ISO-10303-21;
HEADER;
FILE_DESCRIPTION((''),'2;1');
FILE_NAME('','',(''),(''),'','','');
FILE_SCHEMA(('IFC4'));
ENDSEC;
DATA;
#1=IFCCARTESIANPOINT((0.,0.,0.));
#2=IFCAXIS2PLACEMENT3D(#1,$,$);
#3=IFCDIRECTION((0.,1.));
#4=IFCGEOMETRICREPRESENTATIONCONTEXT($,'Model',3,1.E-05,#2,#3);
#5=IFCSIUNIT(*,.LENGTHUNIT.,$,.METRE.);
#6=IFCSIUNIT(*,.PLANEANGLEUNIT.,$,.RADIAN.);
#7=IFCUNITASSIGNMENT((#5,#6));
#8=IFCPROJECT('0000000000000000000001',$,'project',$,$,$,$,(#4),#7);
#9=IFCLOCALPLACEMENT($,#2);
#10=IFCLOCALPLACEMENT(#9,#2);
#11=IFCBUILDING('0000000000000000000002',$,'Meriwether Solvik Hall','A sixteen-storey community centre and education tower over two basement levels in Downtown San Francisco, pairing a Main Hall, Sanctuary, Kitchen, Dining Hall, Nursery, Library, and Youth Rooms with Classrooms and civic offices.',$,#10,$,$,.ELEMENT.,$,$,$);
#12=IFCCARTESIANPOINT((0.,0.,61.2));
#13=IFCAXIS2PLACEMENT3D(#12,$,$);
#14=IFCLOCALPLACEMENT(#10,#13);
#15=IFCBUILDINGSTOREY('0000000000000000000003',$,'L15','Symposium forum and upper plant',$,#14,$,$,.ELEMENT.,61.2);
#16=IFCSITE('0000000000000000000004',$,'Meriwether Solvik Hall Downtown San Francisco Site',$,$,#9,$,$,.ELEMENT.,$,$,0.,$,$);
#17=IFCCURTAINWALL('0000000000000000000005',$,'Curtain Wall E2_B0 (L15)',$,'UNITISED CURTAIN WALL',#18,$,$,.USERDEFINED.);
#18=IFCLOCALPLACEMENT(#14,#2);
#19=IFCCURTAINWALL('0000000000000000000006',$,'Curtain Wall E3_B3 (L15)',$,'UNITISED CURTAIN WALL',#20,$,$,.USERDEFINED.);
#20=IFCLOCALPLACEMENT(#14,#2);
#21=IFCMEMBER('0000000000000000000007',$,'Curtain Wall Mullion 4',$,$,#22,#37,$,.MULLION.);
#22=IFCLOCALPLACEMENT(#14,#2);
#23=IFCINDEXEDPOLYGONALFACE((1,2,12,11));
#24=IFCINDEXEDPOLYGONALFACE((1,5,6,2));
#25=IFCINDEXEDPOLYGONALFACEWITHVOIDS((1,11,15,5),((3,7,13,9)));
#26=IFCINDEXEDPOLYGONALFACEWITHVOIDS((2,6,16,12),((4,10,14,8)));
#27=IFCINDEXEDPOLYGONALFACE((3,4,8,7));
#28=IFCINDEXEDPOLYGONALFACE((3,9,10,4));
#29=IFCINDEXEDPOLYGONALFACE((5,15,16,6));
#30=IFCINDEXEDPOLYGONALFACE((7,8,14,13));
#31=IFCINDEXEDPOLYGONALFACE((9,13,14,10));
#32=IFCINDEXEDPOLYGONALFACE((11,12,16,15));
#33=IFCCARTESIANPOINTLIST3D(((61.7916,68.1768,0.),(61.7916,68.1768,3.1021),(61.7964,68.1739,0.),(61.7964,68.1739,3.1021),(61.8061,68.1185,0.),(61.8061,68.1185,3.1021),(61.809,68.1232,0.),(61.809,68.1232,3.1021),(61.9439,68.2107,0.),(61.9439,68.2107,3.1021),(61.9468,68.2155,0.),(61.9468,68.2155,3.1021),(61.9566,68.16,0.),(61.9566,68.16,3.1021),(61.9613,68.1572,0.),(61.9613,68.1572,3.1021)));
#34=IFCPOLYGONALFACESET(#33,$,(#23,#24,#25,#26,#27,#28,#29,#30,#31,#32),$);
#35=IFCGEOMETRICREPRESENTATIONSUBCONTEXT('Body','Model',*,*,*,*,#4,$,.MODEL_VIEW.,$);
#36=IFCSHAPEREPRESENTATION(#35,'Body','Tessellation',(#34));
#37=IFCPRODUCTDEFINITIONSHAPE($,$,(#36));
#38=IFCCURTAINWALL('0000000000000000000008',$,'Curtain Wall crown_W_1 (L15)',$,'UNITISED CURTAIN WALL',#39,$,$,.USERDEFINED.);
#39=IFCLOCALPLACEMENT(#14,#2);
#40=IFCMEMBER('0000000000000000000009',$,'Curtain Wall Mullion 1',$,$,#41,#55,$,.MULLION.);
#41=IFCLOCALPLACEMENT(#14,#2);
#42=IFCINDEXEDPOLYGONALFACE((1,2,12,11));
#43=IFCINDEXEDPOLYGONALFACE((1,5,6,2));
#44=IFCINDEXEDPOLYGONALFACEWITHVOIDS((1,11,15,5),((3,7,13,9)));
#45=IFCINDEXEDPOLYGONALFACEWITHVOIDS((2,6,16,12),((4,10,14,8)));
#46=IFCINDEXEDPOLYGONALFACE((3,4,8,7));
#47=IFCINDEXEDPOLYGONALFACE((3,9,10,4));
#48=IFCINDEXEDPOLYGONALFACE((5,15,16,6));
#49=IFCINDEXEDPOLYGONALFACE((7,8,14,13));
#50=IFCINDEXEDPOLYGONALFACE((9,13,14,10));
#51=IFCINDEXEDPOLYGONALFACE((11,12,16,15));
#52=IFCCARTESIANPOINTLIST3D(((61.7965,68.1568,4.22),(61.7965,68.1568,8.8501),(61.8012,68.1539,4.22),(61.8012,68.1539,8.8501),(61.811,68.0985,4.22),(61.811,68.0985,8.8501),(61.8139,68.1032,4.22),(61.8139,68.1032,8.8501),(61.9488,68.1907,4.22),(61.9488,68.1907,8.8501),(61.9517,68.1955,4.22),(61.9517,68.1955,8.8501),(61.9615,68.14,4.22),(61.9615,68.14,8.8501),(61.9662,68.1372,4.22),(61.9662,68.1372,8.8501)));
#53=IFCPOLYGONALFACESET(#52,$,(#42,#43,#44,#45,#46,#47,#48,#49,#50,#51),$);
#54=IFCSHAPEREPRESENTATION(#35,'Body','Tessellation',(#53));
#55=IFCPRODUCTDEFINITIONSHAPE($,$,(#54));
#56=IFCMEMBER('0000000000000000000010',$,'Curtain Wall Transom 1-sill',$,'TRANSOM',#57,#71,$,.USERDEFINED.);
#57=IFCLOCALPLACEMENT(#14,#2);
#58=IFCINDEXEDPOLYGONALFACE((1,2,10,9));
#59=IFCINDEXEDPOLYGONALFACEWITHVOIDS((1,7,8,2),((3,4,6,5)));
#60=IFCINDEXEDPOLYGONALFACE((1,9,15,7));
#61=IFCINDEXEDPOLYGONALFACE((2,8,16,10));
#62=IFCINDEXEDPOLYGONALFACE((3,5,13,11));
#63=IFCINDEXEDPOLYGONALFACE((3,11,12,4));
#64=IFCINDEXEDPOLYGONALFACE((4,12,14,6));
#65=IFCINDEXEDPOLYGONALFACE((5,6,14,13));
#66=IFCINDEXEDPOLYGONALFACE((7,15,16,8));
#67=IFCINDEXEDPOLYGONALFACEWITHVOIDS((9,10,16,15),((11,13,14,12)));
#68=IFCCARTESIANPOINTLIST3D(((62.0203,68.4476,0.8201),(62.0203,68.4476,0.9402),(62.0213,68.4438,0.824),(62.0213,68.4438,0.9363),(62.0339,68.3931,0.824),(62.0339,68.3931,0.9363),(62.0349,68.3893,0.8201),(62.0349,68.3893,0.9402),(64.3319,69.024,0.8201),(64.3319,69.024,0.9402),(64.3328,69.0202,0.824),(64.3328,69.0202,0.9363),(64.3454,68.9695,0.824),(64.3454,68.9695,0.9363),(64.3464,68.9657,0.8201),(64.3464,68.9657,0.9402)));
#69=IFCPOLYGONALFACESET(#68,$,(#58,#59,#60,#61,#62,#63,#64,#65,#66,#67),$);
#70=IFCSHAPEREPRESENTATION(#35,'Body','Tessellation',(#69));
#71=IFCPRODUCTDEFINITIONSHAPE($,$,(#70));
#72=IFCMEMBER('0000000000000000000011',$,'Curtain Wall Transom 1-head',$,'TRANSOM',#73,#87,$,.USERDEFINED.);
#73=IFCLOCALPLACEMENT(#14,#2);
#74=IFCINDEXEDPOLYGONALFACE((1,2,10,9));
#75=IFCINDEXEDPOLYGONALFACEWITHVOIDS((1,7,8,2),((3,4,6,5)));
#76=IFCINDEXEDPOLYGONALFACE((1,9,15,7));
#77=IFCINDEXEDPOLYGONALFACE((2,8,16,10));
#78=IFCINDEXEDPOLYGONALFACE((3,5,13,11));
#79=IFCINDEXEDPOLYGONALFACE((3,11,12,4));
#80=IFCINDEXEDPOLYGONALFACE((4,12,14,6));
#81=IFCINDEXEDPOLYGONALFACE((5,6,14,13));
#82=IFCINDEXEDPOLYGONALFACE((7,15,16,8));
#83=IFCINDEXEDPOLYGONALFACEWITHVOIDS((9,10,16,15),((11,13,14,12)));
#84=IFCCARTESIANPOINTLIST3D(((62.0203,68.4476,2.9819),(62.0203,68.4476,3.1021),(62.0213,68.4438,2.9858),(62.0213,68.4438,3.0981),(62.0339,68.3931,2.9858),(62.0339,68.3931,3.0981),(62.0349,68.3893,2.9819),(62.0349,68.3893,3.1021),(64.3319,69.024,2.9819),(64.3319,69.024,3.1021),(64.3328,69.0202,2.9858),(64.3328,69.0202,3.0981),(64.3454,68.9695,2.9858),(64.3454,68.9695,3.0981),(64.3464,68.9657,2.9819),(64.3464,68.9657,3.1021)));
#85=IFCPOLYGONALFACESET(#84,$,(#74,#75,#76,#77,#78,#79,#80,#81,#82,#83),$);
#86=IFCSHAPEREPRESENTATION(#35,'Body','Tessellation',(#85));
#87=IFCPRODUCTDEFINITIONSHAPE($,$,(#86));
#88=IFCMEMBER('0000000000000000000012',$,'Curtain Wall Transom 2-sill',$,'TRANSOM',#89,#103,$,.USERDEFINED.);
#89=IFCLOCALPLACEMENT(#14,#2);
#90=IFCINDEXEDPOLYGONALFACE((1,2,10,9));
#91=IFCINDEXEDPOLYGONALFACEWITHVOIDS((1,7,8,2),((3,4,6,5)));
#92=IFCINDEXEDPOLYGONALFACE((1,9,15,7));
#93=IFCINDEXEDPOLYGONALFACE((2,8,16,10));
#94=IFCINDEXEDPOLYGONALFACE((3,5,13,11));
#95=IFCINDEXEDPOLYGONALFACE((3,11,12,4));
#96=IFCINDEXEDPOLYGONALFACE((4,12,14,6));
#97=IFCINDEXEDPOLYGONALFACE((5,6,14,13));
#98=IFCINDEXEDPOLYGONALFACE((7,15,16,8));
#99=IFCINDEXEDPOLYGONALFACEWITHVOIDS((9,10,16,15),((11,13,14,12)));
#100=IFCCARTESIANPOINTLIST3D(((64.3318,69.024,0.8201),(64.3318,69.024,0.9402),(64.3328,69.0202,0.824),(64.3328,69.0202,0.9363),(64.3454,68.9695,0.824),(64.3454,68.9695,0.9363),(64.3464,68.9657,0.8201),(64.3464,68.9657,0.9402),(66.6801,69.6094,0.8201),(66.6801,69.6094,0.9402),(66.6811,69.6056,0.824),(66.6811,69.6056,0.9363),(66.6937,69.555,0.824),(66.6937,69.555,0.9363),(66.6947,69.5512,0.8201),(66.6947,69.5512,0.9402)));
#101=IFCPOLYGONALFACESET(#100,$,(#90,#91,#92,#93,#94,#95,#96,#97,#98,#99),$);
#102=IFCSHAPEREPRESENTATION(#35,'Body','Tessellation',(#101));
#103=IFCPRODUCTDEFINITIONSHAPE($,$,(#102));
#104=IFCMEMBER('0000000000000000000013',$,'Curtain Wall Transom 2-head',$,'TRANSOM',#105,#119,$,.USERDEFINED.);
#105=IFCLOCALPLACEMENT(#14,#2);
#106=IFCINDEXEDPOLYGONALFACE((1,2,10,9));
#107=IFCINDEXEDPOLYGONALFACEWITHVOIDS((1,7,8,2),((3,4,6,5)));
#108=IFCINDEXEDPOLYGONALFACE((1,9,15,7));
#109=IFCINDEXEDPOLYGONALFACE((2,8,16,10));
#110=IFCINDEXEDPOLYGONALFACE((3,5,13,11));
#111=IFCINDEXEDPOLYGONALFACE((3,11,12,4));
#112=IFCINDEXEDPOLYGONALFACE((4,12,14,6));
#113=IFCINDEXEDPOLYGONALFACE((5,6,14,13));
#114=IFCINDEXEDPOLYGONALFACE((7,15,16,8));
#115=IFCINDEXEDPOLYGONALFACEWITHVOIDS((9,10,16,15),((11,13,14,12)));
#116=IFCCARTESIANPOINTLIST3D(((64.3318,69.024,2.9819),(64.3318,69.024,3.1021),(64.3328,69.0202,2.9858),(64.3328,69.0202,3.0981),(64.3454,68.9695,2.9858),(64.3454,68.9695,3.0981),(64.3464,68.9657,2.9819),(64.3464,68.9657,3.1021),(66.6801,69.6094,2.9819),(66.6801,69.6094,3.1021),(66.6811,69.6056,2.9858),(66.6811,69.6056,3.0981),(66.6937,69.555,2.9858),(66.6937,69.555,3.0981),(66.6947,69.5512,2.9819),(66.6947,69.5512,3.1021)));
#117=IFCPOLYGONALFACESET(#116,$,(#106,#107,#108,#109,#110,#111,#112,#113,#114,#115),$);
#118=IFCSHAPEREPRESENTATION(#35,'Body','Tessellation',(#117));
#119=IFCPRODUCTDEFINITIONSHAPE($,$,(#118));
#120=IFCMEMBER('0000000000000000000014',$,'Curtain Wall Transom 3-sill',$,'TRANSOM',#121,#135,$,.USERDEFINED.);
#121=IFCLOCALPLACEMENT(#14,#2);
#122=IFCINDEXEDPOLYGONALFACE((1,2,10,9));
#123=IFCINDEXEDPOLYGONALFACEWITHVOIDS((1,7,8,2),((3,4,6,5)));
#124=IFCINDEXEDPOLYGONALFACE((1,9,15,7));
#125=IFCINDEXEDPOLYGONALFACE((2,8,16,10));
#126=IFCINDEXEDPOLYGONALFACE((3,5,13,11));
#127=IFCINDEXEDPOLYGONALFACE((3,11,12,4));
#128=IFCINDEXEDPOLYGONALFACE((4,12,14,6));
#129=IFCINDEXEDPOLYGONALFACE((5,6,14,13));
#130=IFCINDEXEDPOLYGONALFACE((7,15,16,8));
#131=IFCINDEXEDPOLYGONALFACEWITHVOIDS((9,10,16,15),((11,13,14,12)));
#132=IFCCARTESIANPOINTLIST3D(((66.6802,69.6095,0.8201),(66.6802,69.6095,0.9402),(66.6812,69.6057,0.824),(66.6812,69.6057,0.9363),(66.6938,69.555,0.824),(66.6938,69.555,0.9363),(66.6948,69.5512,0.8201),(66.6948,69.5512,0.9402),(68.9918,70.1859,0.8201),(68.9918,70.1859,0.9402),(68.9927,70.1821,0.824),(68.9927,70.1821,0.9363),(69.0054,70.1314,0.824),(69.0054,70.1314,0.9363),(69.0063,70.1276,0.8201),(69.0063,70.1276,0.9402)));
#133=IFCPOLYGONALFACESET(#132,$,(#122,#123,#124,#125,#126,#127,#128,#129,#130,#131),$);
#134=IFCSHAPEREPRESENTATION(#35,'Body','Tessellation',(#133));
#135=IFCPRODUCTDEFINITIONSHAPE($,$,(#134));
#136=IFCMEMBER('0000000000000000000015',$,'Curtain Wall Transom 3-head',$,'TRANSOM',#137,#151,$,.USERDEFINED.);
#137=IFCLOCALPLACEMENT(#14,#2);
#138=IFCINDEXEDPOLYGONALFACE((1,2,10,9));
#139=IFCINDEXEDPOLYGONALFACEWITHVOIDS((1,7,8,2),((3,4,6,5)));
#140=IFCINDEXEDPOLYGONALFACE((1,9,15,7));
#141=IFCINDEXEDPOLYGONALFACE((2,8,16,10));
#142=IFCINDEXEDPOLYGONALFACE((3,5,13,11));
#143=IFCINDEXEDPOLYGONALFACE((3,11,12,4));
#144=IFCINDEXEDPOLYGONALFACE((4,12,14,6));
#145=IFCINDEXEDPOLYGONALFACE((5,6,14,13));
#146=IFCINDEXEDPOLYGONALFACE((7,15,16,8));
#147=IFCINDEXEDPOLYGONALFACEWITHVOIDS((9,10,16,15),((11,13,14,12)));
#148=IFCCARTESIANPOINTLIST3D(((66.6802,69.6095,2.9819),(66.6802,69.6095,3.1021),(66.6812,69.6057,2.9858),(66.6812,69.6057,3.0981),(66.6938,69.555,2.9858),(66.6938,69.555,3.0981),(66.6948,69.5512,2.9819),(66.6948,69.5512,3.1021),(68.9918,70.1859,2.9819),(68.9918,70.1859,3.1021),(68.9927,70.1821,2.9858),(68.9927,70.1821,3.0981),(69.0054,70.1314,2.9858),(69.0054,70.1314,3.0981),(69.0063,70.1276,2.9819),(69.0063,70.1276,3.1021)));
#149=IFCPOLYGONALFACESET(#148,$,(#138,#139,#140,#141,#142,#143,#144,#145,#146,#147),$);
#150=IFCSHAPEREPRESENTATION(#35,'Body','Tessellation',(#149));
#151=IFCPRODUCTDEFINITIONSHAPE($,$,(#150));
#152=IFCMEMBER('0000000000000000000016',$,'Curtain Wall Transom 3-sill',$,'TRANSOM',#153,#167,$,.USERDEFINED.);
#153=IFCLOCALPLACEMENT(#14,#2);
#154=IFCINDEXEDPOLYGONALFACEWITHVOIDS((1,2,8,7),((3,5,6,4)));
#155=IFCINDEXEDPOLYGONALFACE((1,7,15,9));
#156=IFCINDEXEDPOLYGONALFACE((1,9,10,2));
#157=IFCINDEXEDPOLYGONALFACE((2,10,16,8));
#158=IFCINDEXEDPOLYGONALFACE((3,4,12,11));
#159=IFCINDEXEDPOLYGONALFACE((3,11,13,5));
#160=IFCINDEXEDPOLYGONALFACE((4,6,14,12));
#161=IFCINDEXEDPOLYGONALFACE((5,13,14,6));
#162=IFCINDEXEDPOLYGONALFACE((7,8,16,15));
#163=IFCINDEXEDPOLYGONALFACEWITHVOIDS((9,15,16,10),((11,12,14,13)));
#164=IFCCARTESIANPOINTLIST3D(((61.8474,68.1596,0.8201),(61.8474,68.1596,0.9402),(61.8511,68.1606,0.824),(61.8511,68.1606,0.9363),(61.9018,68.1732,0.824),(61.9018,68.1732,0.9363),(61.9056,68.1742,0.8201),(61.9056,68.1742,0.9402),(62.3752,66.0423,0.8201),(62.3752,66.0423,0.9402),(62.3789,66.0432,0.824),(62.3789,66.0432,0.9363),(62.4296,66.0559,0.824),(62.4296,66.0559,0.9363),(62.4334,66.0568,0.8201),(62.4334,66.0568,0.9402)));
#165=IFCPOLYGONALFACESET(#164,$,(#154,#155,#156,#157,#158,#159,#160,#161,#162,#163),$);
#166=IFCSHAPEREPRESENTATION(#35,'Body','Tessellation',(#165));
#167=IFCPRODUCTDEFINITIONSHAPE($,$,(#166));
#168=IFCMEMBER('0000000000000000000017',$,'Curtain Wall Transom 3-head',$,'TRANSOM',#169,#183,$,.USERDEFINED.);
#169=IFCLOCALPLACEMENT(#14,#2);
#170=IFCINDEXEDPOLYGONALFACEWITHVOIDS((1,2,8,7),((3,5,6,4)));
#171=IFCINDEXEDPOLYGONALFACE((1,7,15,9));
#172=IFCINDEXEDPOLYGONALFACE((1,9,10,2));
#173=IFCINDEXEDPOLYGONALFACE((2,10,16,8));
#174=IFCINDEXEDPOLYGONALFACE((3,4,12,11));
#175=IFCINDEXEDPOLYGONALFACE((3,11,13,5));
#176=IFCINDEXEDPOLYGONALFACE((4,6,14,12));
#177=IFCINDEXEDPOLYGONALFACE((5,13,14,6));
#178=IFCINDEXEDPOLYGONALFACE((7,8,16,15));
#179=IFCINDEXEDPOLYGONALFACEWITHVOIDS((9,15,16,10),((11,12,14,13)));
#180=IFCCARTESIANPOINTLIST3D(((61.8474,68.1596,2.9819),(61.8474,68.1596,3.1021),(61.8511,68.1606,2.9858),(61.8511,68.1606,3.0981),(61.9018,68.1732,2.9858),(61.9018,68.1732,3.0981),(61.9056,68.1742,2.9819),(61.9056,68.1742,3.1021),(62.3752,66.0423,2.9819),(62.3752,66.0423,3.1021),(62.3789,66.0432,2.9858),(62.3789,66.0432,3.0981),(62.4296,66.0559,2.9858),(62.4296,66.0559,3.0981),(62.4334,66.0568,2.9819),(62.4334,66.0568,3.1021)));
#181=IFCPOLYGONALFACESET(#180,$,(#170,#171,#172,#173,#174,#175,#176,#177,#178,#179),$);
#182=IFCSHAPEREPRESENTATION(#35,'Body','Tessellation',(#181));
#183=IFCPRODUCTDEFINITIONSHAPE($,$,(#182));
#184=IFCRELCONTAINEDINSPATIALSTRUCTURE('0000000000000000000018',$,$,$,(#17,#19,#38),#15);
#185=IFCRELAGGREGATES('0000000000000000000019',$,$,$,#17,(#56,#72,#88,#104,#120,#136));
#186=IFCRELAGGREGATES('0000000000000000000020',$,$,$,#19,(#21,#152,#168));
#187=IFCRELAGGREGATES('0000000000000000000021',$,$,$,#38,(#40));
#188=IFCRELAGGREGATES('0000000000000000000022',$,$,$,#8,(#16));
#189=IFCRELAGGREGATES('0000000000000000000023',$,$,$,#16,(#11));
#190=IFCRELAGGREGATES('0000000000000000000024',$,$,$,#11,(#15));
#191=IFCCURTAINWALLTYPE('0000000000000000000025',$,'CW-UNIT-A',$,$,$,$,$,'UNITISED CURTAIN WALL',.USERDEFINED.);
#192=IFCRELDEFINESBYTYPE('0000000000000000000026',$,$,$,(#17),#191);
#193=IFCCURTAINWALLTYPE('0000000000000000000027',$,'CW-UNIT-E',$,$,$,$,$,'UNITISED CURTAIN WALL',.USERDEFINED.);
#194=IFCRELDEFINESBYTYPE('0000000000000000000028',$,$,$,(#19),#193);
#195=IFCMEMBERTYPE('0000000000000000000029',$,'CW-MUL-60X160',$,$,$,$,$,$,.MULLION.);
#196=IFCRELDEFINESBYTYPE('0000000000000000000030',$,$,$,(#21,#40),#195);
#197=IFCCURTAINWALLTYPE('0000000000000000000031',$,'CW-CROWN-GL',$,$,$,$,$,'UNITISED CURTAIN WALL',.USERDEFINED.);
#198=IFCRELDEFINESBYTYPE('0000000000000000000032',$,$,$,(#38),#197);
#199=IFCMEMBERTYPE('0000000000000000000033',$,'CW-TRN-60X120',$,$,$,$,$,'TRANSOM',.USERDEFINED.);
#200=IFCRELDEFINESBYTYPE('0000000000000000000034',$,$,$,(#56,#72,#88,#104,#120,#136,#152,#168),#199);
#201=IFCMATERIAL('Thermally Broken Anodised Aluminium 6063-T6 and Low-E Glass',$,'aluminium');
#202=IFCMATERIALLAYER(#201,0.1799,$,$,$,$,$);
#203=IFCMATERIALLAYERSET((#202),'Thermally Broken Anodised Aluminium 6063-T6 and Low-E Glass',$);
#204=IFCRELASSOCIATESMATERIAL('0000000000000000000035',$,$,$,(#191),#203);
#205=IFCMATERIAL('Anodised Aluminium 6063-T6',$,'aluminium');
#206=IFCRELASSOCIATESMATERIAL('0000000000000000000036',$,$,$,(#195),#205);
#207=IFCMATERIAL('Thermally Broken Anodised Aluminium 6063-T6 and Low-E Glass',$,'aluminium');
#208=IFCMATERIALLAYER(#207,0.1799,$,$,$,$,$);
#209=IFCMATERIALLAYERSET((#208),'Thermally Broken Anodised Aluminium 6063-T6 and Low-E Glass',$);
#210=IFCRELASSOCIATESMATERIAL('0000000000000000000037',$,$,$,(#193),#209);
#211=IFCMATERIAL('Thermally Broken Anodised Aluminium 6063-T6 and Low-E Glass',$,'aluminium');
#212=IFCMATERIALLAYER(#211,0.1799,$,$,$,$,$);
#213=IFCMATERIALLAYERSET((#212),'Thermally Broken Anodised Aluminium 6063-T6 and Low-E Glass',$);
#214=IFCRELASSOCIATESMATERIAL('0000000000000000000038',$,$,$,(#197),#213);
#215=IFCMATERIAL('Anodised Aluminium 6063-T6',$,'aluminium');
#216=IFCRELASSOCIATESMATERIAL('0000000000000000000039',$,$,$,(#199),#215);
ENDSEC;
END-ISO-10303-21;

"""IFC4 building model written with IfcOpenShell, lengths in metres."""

from ifc_helpers import new_model, si_unit, direction, frame, origin, origin_2d, place, context, subcontext, project, spatial, hollow_rectangle, extrude, material, layer, layer_set, material_profile, profile_set, type_object, element, aggregate, save


model = new_model("IFC4")

# Units and contexts
model_context = context("Model", 3, precision=1e-05, world=origin(), true_north=direction((0.0, 1.0)))
body_context = subcontext(model_context, "Body", "Model", "MODEL_VIEW")
ifc_project = project(units=[si_unit("LENGTHUNIT", "METRE"), si_unit("PLANEANGLEUNIT", "RADIAN")], contexts=[model_context])

# Site, building, storey
site_placement = place(None, origin())
site = spatial("IfcSite", under=ifc_project, at=site_placement, Name="Meriwether Solvik Hall Downtown San Francisco Site", CompositionType="ELEMENT", RefElevation=0.0)
building_placement = place(site_placement, origin())
building = spatial("IfcBuilding", under=site, at=building_placement, Name="Meriwether Solvik Hall", Description="A sixteen-storey community centre and education tower over two basement levels in Downtown San Francisco, pairing a Main Hall, Sanctuary, Kitchen, Dining Hall, Nursery, Library, and Youth Rooms with Classrooms and civic offices.", CompositionType="ELEMENT")
storey_placement = place(building_placement, frame((0.0, 0.0, 61.2)))
storey = spatial("IfcBuildingStorey", under=building, at=storey_placement, Name="L15", Description="Symposium forum and upper plant", CompositionType="ELEMENT", Elevation=61.2)

# Curtain walls, member
ifc_material_1 = material(Name="Thermally Broken Anodised Aluminium 6063-T6 and Low-E Glass", Category="aluminium")
ifc_layer_1 = layer(ifc_material_1, 0.1799)
ifc_layer_set_1 = layer_set([ifc_layer_1], Name="Thermally Broken Anodised Aluminium 6063-T6 and Low-E Glass")
curtain_wall_type_1 = type_object("IfcCurtainWallType", Name="CW-UNIT-A", ElementType="UNITISED CURTAIN WALL", PredefinedType="USERDEFINED", material=ifc_layer_set_1)
curtain_wall_1_placement = place(storey_placement, origin())
curtain_wall_1 = element("IfcCurtainWall", 1, at=curtain_wall_1_placement, inside=storey, type_object=curtain_wall_type_1, Name="Curtain Wall E2_B0 (L15)", ObjectType="UNITISED CURTAIN WALL", PredefinedType="USERDEFINED")
ifc_material_2 = material(Name="Anodised Aluminium 6063-T6", Category="aluminium")
ifc_material_profile_1 = material_profile(ifc_material_2, hollow_rectangle(XDim=0.0601, YDim=0.1599, WallThickness=0.0039, at=origin_2d()), Name="CWM-60X160")
ifc_profile_set_1 = profile_set([ifc_material_profile_1], Name="Anodised Aluminium 6063-T6")
member_type_1 = type_object("IfcMemberType", Name="CW-MUL-60X160", PredefinedType="MULLION", material=ifc_profile_set_1)
ifc_material_3 = material(Name="Thermally Broken Anodised Aluminium 6063-T6 and Low-E Glass", Category="aluminium")
ifc_layer_2 = layer(ifc_material_3, 0.1799)
ifc_layer_set_2 = layer_set([ifc_layer_2], Name="Thermally Broken Anodised Aluminium 6063-T6 and Low-E Glass")
curtain_wall_type_2 = type_object("IfcCurtainWallType", Name="CW-UNIT-E", ElementType="UNITISED CURTAIN WALL", PredefinedType="USERDEFINED", material=ifc_layer_set_2)
curtain_wall_2_placement = place(storey_placement, origin())
curtain_wall_2 = element("IfcCurtainWall", 2, at=curtain_wall_2_placement, inside=storey, type_object=curtain_wall_type_2, Name="Curtain Wall E3_B3 (L15)", ObjectType="UNITISED CURTAIN WALL", PredefinedType="USERDEFINED")
member_1_placement = place(storey_placement, frame((61.8765, 68.167, 0.0), z_axis=(0.0, 0.0, 1.0), x_axis=(-0.241922, 0.970296, 0.0)))
member_1 = element("IfcMember", 3, at=member_1_placement, type_object=member_type_1, Name="Curtain Wall Mullion 4", PredefinedType="MULLION", context=body_context, shape_type="SweptSolid", body=[
    extrude(hollow_rectangle(XDim=0.0601, YDim=0.1599, WallThickness=0.0039, at=origin_2d()), origin(), (0.0, 0.0, 1.0), 3.1021),
])

# Curtain wall, member
ifc_material_4 = material(Name="Thermally Broken Anodised Aluminium 6063-T6 and Low-E Glass", Category="aluminium")
ifc_layer_3 = layer(ifc_material_4, 0.1799)
ifc_layer_set_3 = layer_set([ifc_layer_3], Name="Thermally Broken Anodised Aluminium 6063-T6 and Low-E Glass")
curtain_wall_type_3 = type_object("IfcCurtainWallType", Name="CW-CROWN-GL", ElementType="UNITISED CURTAIN WALL", PredefinedType="USERDEFINED", material=ifc_layer_set_3)
curtain_wall_3_placement = place(storey_placement, origin())
curtain_wall_3 = element("IfcCurtainWall", 4, at=curtain_wall_3_placement, inside=storey, type_object=curtain_wall_type_3, Name="Curtain Wall crown_W_1 (L15)", ObjectType="UNITISED CURTAIN WALL", PredefinedType="USERDEFINED")
member_2_placement = place(storey_placement, frame((61.8813, 68.147, 4.22), z_axis=(0.0, 0.0, 1.0), x_axis=(0.241922, -0.970296, 0.0)))
member_2 = element("IfcMember", 5, at=member_2_placement, type_object=member_type_1, Name="Curtain Wall Mullion 1", PredefinedType="MULLION", context=body_context, shape_type="SweptSolid", body=[
    extrude(hollow_rectangle(XDim=0.0601, YDim=0.1599, WallThickness=0.0039, at=origin_2d()), origin(), (0.0, 0.0, 1.0), 4.6301),
])

# Members
ifc_material_5 = material(Name="Anodised Aluminium 6063-T6", Category="aluminium")
ifc_material_profile_2 = material_profile(ifc_material_5, hollow_rectangle(XDim=0.0601, YDim=0.1201, WallThickness=0.0039, at=origin_2d()), Name="CWT-60X120")
ifc_profile_set_2 = profile_set([ifc_material_profile_2], Name="Anodised Aluminium 6063-T6")
member_type_2 = type_object("IfcMemberType", Name="CW-TRN-60X120", ElementType="TRANSOM", PredefinedType="USERDEFINED", material=ifc_profile_set_2)
member_3_placement = place(storey_placement, frame((62.0276, 68.4185, 0.8801), z_axis=(0.970287, 0.241957, 0.0), x_axis=(-0.241957, 0.970287, 0.0)))
member_3 = element("IfcMember", 6, at=member_3_placement, type_object=member_type_2, Name="Curtain Wall Transom 1-sill", ObjectType="TRANSOM", PredefinedType="USERDEFINED", context=body_context, shape_type="SweptSolid", body=[
    extrude(hollow_rectangle(XDim=0.0601, YDim=0.1201, WallThickness=0.0039, at=origin_2d()), origin(), (0.0, 0.0, 1.0), 2.3823),
])
member_4_placement = place(storey_placement, frame((62.0276, 68.4185, 3.042), z_axis=(0.970287, 0.241957, 0.0), x_axis=(-0.241957, 0.970287, 0.0)))
member_4 = element("IfcMember", 7, at=member_4_placement, type_object=member_type_2, Name="Curtain Wall Transom 1-head", ObjectType="TRANSOM", PredefinedType="USERDEFINED", context=body_context, shape_type="SweptSolid", body=[
    extrude(hollow_rectangle(XDim=0.0601, YDim=0.1201, WallThickness=0.0039, at=origin_2d()), origin(), (0.0, 0.0, 1.0), 2.3823),
])
member_5_placement = place(storey_placement, frame((64.3391, 68.9949, 0.8801), z_axis=(0.970302, 0.241895, 0.0), x_axis=(-0.241895, 0.970302, 0.0)))
member_5 = element("IfcMember", 8, at=member_5_placement, type_object=member_type_2, Name="Curtain Wall Transom 2-sill", ObjectType="TRANSOM", PredefinedType="USERDEFINED", context=body_context, shape_type="SweptSolid", body=[
    extrude(hollow_rectangle(XDim=0.0601, YDim=0.1201, WallThickness=0.0039, at=origin_2d()), origin(), (0.0, 0.0, 1.0), 2.4202),
])
member_6_placement = place(storey_placement, frame((64.3391, 68.9949, 3.042), z_axis=(0.970302, 0.241895, 0.0), x_axis=(-0.241895, 0.970302, 0.0)))
member_6 = element("IfcMember", 9, at=member_6_placement, type_object=member_type_2, Name="Curtain Wall Transom 2-head", ObjectType="TRANSOM", PredefinedType="USERDEFINED", context=body_context, shape_type="SweptSolid", body=[
    extrude(hollow_rectangle(XDim=0.0601, YDim=0.1201, WallThickness=0.0039, at=origin_2d()), origin(), (0.0, 0.0, 1.0), 2.4202),
])
member_7_placement = place(storey_placement, frame((66.6875, 69.5803, 0.8801), z_axis=(0.970287, 0.241957, 0.0), x_axis=(-0.241957, 0.970287, 0.0)))
member_7 = element("IfcMember", 10, at=member_7_placement, type_object=member_type_2, Name="Curtain Wall Transom 3-sill", ObjectType="TRANSOM", PredefinedType="USERDEFINED", context=body_context, shape_type="SweptSolid", body=[
    extrude(hollow_rectangle(XDim=0.0601, YDim=0.1201, WallThickness=0.0039, at=origin_2d()), origin(), (0.0, 0.0, 1.0), 2.3823),
])
member_8_placement = place(storey_placement, frame((66.6875, 69.5803, 3.042), z_axis=(0.970287, 0.241957, 0.0), x_axis=(-0.241957, 0.970287, 0.0)))
member_8 = element("IfcMember", 11, at=member_8_placement, type_object=member_type_2, Name="Curtain Wall Transom 3-head", ObjectType="TRANSOM", PredefinedType="USERDEFINED", context=body_context, shape_type="SweptSolid", body=[
    extrude(hollow_rectangle(XDim=0.0601, YDim=0.1201, WallThickness=0.0039, at=origin_2d()), origin(), (0.0, 0.0, 1.0), 2.3823),
])
member_9_placement = place(storey_placement, frame((62.4043, 66.0496, 0.8801), z_axis=(-0.241877, 0.970307, 0.0), x_axis=(-0.970307, -0.241877, 0.0)))
member_9 = element("IfcMember", 12, at=member_9_placement, type_object=member_type_2, Name="Curtain Wall Transom 3-sill", ObjectType="TRANSOM", PredefinedType="USERDEFINED", context=body_context, shape_type="SweptSolid", body=[
    extrude(hollow_rectangle(XDim=0.0601, YDim=0.1201, WallThickness=0.0039, at=origin_2d()), origin(), (0.0, 0.0, 1.0), 2.1821),
])
member_10_placement = place(storey_placement, frame((62.4043, 66.0496, 3.042), z_axis=(-0.241877, 0.970307, 0.0), x_axis=(-0.970307, -0.241877, 0.0)))
member_10 = element("IfcMember", 13, at=member_10_placement, type_object=member_type_2, Name="Curtain Wall Transom 3-head", ObjectType="TRANSOM", PredefinedType="USERDEFINED", context=body_context, shape_type="SweptSolid", body=[
    extrude(hollow_rectangle(XDim=0.0601, YDim=0.1201, WallThickness=0.0039, at=origin_2d()), origin(), (0.0, 0.0, 1.0), 2.1821),
])

aggregate(curtain_wall_1, [member_3, member_4, member_5, member_6, member_7, member_8])
aggregate(curtain_wall_2, [member_1, member_9, member_10])
aggregate(curtain_wall_3, [member_2])

save(model, "model.ifc")
